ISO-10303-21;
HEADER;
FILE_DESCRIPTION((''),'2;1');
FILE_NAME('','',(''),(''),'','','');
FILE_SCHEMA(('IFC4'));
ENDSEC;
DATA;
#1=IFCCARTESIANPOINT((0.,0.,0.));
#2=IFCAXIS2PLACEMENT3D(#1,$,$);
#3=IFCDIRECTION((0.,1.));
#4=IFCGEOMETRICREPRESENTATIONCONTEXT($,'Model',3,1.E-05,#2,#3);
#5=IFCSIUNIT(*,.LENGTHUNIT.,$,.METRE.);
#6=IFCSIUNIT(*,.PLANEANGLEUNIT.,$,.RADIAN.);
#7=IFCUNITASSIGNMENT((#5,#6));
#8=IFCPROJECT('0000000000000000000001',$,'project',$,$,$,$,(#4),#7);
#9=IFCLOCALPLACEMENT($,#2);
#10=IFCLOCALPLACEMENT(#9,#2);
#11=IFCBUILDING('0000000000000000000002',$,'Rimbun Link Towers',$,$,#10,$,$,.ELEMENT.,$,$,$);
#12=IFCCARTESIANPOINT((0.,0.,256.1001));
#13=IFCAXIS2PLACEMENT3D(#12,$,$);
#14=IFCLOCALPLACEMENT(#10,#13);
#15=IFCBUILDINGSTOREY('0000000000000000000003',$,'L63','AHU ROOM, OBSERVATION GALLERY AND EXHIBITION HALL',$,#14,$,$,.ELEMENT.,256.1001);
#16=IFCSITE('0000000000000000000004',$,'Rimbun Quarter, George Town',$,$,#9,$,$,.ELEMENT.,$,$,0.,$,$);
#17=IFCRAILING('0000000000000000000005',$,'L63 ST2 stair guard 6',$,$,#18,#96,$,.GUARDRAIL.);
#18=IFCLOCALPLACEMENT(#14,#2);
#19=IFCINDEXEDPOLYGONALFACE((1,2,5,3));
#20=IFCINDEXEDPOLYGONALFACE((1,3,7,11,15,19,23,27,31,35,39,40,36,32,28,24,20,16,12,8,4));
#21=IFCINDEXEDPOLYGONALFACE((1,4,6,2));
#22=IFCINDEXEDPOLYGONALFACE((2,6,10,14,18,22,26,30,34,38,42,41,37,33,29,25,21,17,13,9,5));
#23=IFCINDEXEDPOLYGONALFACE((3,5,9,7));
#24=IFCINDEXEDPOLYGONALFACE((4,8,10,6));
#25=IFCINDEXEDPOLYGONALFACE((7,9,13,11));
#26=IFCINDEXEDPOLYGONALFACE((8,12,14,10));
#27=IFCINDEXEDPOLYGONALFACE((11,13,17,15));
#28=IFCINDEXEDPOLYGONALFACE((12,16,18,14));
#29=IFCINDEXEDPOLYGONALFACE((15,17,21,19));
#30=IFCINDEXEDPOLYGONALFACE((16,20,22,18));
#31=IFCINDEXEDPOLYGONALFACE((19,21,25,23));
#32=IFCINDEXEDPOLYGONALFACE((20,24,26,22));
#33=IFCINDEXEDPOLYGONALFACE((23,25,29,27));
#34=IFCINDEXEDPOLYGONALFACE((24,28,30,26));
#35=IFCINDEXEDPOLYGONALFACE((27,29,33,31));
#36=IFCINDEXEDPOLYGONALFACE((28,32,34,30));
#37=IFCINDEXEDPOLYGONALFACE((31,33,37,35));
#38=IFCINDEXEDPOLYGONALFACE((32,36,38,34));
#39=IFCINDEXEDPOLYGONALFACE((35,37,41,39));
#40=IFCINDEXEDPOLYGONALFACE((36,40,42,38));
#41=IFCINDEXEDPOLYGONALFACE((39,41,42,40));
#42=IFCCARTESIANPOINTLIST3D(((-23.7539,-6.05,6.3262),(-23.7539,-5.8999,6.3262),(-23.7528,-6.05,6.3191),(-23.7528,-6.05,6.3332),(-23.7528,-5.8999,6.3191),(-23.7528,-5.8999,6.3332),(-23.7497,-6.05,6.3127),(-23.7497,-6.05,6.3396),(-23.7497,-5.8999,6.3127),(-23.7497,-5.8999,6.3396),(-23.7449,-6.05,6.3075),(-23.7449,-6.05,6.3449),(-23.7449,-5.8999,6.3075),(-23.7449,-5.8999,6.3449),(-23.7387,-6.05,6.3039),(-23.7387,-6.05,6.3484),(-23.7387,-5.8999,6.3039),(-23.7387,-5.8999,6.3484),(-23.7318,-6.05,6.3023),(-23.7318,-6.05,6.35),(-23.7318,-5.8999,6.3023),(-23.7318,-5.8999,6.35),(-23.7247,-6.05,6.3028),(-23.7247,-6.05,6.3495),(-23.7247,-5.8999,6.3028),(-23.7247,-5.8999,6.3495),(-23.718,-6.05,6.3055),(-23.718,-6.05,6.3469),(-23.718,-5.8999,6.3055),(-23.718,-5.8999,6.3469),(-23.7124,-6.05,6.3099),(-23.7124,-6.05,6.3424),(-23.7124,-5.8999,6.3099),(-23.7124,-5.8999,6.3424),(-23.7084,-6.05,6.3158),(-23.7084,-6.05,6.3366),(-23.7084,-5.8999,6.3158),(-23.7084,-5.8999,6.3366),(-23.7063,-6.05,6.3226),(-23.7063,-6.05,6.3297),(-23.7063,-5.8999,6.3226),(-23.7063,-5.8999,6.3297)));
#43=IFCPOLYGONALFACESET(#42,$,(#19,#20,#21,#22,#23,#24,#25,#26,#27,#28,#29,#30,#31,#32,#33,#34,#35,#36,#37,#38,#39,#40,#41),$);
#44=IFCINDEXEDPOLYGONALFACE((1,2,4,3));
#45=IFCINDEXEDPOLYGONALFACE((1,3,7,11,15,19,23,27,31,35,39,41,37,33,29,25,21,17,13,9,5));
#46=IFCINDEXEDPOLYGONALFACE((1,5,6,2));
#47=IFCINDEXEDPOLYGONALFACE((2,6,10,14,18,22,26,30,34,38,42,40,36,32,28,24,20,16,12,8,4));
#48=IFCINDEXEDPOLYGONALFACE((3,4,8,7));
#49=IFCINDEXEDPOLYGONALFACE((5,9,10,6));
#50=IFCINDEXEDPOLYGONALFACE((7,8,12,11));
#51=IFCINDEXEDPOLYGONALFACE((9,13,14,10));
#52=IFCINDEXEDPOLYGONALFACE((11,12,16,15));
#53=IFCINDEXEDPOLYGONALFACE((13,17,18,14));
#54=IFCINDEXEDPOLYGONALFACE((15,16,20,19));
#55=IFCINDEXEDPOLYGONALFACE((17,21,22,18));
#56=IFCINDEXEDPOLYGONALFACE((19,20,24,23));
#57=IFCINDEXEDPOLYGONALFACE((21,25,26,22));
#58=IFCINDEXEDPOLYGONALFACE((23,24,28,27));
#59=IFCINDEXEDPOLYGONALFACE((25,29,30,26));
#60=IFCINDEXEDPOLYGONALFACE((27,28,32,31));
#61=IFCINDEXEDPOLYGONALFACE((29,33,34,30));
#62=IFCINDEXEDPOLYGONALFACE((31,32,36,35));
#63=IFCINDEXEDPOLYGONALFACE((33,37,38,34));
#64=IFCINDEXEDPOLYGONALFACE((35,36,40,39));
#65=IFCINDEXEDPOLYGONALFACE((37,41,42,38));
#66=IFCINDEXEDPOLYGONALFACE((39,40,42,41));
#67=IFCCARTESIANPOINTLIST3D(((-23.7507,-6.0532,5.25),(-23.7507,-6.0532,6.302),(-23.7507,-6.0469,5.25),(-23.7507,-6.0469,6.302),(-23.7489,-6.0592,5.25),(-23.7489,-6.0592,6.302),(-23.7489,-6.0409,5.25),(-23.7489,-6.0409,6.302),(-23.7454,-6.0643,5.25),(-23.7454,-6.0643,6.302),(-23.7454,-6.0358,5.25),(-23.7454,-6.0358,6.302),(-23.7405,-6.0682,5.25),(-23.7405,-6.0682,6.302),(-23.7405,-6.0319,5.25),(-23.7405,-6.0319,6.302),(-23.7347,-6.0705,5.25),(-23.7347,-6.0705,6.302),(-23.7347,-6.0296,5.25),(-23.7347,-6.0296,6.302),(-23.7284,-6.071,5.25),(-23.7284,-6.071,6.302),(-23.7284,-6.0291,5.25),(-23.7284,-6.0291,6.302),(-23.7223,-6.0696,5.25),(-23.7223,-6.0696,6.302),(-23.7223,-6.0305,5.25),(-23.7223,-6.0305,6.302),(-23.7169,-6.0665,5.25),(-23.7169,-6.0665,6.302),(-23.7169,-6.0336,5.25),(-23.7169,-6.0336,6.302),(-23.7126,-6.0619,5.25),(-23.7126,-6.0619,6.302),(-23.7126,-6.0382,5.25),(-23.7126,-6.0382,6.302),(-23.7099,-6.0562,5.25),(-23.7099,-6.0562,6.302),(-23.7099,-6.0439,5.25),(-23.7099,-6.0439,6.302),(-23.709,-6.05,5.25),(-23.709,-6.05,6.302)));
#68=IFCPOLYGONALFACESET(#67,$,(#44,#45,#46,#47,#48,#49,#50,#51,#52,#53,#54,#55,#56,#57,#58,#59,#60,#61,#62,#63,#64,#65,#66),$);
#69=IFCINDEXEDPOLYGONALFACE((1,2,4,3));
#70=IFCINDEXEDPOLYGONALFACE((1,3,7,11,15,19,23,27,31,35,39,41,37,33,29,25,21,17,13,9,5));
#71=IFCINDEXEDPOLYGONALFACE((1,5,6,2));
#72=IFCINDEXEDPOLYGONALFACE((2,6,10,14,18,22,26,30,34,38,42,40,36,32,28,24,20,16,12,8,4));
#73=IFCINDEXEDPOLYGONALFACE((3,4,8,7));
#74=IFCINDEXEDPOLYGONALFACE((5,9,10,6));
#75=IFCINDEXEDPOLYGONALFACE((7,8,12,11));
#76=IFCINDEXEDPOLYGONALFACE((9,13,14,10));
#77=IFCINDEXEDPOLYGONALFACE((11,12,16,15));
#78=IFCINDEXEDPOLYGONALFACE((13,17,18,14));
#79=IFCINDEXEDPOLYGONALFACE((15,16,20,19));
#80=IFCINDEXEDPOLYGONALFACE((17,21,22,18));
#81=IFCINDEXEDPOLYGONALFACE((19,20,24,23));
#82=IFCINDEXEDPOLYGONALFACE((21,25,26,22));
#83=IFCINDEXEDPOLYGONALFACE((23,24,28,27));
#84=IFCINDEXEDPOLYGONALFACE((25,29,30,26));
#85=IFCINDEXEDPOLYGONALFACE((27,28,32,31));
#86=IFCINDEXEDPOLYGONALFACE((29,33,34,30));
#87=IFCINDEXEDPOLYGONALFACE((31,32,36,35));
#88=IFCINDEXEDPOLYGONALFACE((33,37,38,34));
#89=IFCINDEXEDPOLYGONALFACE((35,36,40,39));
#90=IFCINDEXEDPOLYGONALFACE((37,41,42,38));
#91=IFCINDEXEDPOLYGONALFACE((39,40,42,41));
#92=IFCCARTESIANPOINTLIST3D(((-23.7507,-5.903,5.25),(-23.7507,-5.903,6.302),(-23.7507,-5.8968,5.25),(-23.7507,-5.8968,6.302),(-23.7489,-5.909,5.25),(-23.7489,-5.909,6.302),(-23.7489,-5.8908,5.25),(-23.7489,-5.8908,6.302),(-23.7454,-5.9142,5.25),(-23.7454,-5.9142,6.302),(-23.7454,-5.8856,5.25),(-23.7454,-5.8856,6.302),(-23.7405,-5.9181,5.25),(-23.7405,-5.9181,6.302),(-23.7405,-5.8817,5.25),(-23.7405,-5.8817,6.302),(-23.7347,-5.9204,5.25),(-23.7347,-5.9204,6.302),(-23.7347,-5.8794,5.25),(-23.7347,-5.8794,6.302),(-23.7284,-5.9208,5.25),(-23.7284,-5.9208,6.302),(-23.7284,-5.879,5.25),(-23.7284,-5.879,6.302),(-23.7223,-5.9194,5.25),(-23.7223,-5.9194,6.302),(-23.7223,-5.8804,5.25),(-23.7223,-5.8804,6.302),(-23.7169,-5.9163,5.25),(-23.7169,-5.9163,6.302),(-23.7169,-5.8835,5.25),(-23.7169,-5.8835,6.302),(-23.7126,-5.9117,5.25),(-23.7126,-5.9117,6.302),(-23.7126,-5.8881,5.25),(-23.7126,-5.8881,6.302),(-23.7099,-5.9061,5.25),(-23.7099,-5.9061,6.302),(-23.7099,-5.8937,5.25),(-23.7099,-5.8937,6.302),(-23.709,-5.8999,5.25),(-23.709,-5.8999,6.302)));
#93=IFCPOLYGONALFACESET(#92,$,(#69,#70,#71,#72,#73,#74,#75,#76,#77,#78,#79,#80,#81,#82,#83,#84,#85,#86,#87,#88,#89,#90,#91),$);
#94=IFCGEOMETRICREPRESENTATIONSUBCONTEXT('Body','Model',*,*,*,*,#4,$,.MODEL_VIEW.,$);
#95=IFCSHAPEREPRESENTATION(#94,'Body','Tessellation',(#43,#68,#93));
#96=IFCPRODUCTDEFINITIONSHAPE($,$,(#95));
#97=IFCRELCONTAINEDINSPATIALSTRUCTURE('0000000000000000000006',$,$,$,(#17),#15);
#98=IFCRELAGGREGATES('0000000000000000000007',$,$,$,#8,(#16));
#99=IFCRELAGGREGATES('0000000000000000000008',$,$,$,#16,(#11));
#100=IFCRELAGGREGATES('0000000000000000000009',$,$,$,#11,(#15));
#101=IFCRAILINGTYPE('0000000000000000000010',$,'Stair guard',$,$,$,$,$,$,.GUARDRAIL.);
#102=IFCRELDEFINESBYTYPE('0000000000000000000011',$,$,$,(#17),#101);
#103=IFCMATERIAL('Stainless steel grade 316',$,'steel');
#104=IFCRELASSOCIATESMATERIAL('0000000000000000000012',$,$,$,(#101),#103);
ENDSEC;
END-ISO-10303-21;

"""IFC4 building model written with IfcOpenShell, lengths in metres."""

from ifc_helpers import new_model, si_unit, direction, frame, origin, origin_2d, place, context, subcontext, project, spatial, circle, extrude, material, type_object, element, save


model = new_model("IFC4")

# Units and contexts
model_context = context("Model", 3, precision=1e-05, world=origin(), true_north=direction((0.0, 1.0)))
body_context = subcontext(model_context, "Body", "Model", "MODEL_VIEW")
ifc_project = project(units=[si_unit("LENGTHUNIT", "METRE"), si_unit("PLANEANGLEUNIT", "RADIAN")], contexts=[model_context])

# Site, building, storey
site_placement = place(None, origin())
site = spatial("IfcSite", under=ifc_project, at=site_placement, Name="Rimbun Quarter, George Town", CompositionType="ELEMENT", RefElevation=0.0)
building_placement = place(site_placement, origin())
building = spatial("IfcBuilding", under=site, at=building_placement, Name="Rimbun Link Towers", CompositionType="ELEMENT")
storey_placement = place(building_placement, frame((0.0, 0.0, 256.1001)))
storey = spatial("IfcBuildingStorey", under=building, at=storey_placement, Name="L63", Description="AHU ROOM, OBSERVATION GALLERY AND EXHIBITION HALL", CompositionType="ELEMENT", Elevation=256.1001)

# Railing
ifc_material_1 = material(Name="Stainless steel grade 316", Category="steel")
railing_type = type_object("IfcRailingType", Name="Stair guard", PredefinedType="GUARDRAIL", material=ifc_material_1)
railing_placement = place(storey_placement, frame((-23.73, -6.05, 5.25)))
element("IfcRailing", 1, at=railing_placement, inside=storey, type_object=railing_type, Name="L63 ST2 stair guard 6", PredefinedType="GUARDRAIL", context=body_context, shape_type="SweptSolid", body=[
    extrude(circle(Radius=0.0239, at=origin_2d()), frame((0.0, 0.0, 1.0762), z_axis=(0.0, 1.0, 0.0), x_axis=(-1.0, 0.0, 0.0)), (0.0, 0.0, 1.0), 0.1501),
    extrude(circle(Radius=0.021, at=origin_2d()), origin(), (0.0, 0.0, 1.0), 1.052),
    extrude(circle(Radius=0.021, at=origin_2d()), frame((0.0, 0.1501, 0.0)), (0.0, 0.0, 1.0), 1.052),
])

save(model, "model.ifc")
